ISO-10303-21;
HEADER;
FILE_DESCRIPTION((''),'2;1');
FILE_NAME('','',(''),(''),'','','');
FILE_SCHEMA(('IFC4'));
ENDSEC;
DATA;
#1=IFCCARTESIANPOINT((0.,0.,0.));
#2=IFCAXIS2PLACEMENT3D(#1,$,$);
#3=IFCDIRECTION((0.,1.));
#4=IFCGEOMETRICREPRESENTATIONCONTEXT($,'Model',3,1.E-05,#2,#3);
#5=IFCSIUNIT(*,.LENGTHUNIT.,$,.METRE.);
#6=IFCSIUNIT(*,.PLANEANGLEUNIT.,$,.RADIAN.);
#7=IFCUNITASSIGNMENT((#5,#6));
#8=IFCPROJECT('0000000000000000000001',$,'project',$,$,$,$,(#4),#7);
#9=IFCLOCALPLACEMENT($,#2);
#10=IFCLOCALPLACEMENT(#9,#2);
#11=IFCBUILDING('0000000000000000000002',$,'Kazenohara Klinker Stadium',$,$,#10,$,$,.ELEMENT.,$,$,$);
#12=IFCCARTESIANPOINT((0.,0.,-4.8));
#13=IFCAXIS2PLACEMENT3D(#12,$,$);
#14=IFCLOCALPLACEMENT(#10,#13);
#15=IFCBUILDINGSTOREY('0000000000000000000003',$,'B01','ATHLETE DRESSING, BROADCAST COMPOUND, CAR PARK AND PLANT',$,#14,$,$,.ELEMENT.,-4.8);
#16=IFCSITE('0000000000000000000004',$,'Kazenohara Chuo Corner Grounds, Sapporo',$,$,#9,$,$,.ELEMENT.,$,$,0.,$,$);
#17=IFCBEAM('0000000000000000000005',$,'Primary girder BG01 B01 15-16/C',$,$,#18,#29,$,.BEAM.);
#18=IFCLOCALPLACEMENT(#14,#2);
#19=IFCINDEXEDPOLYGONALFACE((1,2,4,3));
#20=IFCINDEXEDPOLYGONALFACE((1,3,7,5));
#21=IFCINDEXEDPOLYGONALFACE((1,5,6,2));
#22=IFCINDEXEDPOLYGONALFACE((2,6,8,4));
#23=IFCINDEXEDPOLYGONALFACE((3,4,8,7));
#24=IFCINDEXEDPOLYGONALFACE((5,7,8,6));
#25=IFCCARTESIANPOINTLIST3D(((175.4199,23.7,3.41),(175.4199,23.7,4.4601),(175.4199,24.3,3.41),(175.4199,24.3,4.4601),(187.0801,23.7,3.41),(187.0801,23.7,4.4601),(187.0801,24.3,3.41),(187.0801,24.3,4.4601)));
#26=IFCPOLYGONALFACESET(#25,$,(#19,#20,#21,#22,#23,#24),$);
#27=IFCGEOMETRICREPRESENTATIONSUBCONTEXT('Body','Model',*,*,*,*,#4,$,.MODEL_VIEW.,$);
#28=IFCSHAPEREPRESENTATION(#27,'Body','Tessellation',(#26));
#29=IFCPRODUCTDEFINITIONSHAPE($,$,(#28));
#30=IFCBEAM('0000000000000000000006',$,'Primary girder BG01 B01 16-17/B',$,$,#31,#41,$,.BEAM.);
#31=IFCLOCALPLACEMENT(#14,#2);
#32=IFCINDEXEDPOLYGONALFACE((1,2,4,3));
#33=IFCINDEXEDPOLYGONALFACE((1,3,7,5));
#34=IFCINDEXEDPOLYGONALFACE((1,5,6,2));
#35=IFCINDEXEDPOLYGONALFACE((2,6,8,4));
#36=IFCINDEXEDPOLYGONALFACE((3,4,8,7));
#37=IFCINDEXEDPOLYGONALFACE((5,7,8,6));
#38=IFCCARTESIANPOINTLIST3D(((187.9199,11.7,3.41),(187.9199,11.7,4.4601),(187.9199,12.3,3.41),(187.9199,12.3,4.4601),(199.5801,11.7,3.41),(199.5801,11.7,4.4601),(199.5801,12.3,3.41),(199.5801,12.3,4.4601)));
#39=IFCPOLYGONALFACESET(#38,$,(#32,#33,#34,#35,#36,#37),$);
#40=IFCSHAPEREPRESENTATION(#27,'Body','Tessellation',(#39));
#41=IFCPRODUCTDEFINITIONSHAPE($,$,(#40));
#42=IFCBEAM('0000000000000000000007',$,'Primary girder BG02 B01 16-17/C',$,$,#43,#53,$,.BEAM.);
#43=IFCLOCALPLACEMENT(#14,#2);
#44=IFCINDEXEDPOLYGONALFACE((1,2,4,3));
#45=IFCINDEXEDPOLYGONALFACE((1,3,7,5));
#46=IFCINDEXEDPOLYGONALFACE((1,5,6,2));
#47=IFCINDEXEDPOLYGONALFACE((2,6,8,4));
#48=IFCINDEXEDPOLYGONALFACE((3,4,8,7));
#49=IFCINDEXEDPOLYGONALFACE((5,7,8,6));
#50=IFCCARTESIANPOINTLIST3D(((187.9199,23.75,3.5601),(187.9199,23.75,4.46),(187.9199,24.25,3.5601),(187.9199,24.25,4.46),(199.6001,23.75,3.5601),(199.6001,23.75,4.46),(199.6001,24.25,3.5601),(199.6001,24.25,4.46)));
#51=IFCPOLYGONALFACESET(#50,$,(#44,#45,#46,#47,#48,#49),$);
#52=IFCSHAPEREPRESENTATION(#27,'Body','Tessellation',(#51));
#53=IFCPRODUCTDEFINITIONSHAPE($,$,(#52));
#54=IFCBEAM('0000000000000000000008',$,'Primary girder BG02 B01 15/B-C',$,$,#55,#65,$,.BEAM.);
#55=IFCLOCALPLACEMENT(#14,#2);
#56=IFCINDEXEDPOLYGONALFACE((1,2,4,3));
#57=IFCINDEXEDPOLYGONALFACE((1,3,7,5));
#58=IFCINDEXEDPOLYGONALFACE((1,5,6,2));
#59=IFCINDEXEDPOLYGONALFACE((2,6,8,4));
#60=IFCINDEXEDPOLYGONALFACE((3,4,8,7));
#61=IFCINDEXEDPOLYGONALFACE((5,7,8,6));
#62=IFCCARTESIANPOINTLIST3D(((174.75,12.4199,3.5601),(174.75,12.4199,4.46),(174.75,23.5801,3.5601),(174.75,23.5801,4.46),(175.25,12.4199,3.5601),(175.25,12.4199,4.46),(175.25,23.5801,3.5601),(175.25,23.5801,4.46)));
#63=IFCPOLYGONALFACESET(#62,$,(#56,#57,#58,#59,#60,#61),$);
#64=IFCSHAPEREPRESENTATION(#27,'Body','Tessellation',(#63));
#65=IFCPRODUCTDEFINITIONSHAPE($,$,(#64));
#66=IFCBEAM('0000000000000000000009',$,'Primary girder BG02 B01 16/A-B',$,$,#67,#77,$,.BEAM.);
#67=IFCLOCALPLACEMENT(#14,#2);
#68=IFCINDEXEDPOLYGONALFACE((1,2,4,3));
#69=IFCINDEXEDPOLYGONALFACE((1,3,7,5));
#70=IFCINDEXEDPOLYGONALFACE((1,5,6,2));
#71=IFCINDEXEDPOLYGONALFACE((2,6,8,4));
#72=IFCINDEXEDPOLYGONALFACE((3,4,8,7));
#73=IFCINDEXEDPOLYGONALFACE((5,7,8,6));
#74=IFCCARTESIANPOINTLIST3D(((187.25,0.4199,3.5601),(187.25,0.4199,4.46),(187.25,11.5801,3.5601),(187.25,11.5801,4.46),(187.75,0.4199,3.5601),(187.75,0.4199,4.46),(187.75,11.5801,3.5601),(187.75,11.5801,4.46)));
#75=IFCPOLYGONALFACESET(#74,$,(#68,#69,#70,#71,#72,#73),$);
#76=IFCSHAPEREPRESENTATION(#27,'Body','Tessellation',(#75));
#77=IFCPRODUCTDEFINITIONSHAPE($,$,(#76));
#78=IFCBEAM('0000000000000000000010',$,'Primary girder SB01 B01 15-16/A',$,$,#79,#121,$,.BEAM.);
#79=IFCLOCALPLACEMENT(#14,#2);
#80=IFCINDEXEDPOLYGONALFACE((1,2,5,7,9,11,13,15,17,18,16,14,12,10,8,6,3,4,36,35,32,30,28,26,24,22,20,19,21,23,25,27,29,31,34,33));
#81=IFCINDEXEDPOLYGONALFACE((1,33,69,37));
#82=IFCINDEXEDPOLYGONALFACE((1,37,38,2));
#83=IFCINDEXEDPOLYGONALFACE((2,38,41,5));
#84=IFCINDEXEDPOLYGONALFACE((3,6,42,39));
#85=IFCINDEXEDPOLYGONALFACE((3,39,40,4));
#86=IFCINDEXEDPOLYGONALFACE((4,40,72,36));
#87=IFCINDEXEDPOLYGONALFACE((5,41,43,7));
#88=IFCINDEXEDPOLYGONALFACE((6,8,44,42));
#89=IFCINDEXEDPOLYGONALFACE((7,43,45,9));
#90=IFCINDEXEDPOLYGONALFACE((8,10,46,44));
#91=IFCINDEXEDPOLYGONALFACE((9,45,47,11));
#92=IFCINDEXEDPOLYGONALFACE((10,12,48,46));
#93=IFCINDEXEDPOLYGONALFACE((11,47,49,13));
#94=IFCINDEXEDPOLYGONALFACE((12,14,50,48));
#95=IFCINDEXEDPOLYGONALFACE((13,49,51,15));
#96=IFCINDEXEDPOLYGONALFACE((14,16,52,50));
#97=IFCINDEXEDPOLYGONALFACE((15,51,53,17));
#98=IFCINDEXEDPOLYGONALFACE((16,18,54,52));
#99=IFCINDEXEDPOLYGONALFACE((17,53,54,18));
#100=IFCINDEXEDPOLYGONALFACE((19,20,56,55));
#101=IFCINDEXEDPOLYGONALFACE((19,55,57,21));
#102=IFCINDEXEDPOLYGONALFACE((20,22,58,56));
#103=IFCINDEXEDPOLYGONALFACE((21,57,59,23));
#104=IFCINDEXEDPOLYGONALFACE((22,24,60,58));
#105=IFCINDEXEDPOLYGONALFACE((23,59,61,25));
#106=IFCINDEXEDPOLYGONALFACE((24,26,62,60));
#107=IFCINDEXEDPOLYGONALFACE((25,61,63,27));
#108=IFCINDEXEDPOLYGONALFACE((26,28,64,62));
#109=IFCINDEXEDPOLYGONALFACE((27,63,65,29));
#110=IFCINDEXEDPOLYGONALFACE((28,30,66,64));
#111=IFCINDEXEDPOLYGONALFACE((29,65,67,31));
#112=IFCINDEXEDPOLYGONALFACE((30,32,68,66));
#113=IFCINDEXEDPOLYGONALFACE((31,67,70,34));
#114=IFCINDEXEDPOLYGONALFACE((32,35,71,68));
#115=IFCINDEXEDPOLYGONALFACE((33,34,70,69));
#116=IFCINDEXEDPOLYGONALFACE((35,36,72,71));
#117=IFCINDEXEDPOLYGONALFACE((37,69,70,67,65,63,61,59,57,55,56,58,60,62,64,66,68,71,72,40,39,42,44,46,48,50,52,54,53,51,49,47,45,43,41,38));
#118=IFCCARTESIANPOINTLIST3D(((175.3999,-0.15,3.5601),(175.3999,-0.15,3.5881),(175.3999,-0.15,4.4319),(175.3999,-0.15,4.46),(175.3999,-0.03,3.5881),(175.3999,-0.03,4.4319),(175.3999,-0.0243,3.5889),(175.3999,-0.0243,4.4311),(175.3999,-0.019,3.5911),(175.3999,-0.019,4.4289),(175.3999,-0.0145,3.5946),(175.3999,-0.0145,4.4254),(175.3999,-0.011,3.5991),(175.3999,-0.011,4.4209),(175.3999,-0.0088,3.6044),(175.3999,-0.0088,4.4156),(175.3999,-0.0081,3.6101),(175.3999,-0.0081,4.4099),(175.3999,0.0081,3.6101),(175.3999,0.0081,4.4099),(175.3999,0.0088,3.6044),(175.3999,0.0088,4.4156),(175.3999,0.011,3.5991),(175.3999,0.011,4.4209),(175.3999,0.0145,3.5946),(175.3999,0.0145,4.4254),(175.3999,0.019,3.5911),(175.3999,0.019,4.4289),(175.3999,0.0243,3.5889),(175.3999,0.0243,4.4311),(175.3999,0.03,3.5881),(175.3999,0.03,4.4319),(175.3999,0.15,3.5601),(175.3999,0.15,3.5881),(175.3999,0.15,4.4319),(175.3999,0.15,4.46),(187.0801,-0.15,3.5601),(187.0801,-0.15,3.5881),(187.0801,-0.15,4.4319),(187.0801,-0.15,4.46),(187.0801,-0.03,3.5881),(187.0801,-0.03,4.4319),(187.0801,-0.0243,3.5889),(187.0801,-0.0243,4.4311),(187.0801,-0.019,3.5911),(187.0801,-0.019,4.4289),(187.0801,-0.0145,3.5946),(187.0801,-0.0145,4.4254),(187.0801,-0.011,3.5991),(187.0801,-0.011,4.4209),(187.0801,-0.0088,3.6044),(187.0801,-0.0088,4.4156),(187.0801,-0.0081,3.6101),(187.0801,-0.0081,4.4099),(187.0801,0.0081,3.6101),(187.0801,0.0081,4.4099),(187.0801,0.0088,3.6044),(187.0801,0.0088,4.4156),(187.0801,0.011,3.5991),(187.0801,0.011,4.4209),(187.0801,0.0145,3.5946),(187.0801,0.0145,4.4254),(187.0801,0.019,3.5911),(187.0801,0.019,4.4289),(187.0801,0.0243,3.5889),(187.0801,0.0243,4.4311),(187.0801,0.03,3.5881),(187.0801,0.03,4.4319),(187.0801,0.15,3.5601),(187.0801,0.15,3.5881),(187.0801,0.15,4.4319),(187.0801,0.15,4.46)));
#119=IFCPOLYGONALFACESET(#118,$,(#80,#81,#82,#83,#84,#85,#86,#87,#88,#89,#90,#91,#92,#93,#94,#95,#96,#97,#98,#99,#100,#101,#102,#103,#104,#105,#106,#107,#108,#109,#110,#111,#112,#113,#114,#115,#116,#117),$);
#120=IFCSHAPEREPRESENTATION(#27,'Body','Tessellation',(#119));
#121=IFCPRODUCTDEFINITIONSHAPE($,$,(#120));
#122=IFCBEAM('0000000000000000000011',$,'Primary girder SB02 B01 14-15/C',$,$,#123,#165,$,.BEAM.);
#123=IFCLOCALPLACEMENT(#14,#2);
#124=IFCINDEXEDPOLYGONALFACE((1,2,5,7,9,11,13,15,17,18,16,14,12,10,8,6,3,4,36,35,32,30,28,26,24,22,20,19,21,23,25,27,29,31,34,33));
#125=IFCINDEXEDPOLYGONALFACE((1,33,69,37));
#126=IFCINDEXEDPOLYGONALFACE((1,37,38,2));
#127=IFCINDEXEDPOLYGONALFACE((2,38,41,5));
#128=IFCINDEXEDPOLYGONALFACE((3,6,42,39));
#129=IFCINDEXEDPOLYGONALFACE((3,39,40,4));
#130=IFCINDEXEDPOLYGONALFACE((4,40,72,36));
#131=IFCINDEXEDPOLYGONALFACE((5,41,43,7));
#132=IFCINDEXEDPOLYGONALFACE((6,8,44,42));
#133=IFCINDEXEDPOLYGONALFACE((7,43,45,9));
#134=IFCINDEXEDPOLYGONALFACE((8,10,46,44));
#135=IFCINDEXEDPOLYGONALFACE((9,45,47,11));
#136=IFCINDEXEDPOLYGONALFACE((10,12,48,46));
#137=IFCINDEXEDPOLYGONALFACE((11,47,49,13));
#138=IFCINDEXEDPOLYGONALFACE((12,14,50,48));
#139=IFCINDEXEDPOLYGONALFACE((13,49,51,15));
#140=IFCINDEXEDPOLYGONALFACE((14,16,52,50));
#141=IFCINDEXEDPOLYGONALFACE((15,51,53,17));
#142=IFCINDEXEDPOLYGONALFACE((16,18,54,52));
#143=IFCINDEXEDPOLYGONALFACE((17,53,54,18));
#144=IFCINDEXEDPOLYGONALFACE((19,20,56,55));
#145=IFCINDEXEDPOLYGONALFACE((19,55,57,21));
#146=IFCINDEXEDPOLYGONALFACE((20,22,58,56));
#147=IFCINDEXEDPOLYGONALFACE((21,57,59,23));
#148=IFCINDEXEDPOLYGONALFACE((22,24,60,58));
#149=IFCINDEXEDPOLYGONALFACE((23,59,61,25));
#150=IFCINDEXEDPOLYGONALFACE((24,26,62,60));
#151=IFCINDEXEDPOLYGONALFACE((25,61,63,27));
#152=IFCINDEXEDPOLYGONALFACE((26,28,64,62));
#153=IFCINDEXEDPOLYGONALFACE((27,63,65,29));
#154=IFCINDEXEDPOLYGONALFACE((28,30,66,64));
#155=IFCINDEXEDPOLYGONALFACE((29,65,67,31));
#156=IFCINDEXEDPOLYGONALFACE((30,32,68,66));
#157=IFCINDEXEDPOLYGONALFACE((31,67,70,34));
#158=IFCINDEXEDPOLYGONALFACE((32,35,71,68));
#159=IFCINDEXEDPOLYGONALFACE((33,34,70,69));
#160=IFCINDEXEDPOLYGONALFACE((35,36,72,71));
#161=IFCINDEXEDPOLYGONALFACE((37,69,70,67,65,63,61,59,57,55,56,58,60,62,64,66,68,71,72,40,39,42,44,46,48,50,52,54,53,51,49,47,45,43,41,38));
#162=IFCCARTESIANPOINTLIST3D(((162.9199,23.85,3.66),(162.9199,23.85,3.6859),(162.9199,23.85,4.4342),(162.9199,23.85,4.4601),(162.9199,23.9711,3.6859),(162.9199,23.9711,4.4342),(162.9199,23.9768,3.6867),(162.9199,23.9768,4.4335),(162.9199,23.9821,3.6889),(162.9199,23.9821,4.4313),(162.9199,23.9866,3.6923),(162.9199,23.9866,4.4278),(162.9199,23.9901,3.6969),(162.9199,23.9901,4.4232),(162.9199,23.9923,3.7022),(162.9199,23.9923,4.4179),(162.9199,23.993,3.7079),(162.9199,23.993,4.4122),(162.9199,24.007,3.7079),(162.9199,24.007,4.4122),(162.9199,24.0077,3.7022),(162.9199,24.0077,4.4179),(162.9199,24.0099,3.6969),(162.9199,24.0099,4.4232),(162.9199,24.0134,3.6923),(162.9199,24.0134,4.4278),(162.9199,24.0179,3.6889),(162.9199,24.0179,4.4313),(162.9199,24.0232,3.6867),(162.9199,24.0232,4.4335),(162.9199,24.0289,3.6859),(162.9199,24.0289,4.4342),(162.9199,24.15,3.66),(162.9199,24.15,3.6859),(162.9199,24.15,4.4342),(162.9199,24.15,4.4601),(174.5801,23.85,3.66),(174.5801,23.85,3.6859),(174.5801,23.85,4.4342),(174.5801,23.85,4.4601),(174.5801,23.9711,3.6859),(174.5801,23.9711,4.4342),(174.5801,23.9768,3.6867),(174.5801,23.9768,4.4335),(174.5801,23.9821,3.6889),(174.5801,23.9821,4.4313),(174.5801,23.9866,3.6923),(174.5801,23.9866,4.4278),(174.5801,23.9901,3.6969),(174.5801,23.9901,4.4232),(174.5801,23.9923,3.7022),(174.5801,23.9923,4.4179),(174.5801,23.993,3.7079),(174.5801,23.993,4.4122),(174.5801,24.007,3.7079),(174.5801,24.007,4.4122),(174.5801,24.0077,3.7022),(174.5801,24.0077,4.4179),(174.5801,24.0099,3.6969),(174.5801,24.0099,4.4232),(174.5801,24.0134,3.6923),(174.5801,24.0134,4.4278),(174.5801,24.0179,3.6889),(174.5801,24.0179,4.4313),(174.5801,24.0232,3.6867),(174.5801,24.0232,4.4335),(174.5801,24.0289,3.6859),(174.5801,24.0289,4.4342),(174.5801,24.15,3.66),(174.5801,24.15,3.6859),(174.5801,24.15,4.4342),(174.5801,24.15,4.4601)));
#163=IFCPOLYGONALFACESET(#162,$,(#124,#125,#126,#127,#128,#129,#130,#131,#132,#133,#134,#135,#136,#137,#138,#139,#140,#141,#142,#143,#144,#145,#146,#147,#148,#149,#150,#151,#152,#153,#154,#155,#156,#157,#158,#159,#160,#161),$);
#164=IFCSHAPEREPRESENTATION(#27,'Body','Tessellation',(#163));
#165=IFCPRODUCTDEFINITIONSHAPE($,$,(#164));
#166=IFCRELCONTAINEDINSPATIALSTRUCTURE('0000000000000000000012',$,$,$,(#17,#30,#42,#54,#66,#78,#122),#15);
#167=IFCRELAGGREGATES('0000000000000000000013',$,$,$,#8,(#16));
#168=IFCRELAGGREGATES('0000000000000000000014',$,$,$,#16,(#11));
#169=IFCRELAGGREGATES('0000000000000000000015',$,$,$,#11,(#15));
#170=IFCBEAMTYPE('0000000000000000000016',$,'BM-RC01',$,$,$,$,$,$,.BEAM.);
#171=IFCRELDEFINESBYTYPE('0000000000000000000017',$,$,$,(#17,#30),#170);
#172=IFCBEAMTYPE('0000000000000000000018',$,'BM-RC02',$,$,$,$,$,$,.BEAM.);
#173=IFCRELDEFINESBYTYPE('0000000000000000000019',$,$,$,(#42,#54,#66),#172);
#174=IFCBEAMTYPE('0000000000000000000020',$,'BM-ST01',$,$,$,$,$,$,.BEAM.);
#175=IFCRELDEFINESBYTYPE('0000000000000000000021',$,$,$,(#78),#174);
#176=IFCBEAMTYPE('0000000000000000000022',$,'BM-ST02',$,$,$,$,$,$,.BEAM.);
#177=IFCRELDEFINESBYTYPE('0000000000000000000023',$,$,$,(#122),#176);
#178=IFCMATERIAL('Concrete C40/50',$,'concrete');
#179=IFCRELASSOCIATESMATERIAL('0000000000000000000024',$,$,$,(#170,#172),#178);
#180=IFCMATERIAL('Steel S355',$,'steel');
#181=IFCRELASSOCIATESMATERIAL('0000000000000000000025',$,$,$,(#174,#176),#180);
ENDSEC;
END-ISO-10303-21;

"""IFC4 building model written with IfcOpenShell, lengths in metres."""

from ifc_helpers import new_model, si_unit, direction, frame, origin, origin_2d, place, context, subcontext, project, spatial, rectangle, i_section, extrude, material, material_profile, profile_set, type_object, element, save


model = new_model("IFC4")

# Units and contexts
model_context = context("Model", 3, precision=1e-05, world=origin(), true_north=direction((0.0, 1.0)))
body_context = subcontext(model_context, "Body", "Model", "MODEL_VIEW")
ifc_project = project(units=[si_unit("LENGTHUNIT", "METRE"), si_unit("PLANEANGLEUNIT", "RADIAN")], contexts=[model_context])

# Site, building, storey
site_placement = place(None, origin())
site = spatial("IfcSite", under=ifc_project, at=site_placement, Name="Kazenohara Chuo Corner Grounds, Sapporo", CompositionType="ELEMENT", RefElevation=0.0)
building_placement = place(site_placement, origin())
building = spatial("IfcBuilding", under=site, at=building_placement, Name="Kazenohara Klinker Stadium", CompositionType="ELEMENT")
storey_placement = place(building_placement, frame((0.0, 0.0, -4.8)))
storey = spatial("IfcBuildingStorey", under=building, at=storey_placement, Name="B01", Description="ATHLETE DRESSING, BROADCAST COMPOUND, CAR PARK AND PLANT", CompositionType="ELEMENT", Elevation=-4.8)

# Shared definitions
ifc_material_1 = material(Name="Concrete C40/50", Category="concrete")

# Beams
ifc_material_2 = material(Name="Steel S355", Category="steel")
ifc_material_profile_1 = material_profile(ifc_material_1, rectangle(XDim=0.6001, YDim=1.05, at=origin_2d()), Name="RC-BM-600x1050")
ifc_profile_set_1 = profile_set([ifc_material_profile_1], Name="Concrete C40/50")
beam_type_1 = type_object("IfcBeamType", Name="BM-RC01", PredefinedType="BEAM", material=ifc_profile_set_1)
for number, where, z_axis, x_axis, name in (
    (1, (175.4199, 24.0, 3.9351), (1.0, 0.0, 0.0), (0.0, 1.0, 0.0), "Primary girder BG01 B01 15-16/C"),
    (2, (187.9199, 12.0, 3.9351), (1.0, 0.0, 0.0), (0.0, 1.0, 0.0), "Primary girder BG01 B01 16-17/B"),
):
    element("IfcBeam", number, at=place(storey_placement, frame(where, z_axis=z_axis, x_axis=x_axis)), inside=storey, type_object=beam_type_1, Name=name, PredefinedType="BEAM", context=body_context, shape_type="SweptSolid", body=[
        extrude(rectangle(XDim=0.6001, YDim=1.05, at=origin_2d()), origin(), (0.0, 0.0, 1.0), 11.6602),
    ])
ifc_material_profile_2 = material_profile(ifc_material_1, rectangle(XDim=0.5, YDim=0.8999, at=origin_2d()), Name="RC-BM-500x900")
ifc_profile_set_2 = profile_set([ifc_material_profile_2], Name="Concrete C40/50")
beam_type_2 = type_object("IfcBeamType", Name="BM-RC02", PredefinedType="BEAM", material=ifc_profile_set_2)
beam_1_placement = place(storey_placement, frame((187.9199, 24.0, 4.01), z_axis=(1.0, 0.0, 0.0), x_axis=(0.0, 1.0, 0.0)))
element("IfcBeam", 3, at=beam_1_placement, inside=storey, type_object=beam_type_2, Name="Primary girder BG02 B01 16-17/C", PredefinedType="BEAM", context=body_context, shape_type="SweptSolid", body=[
    extrude(rectangle(XDim=0.5, YDim=0.8999, at=origin_2d()), origin(), (0.0, 0.0, 1.0), 11.6802),
])
for number, where, z_axis, x_axis, name in (
    (4, (175.0, 12.4199, 4.01), (0.0, 1.0, 0.0), (-1.0, 0.0, 0.0), "Primary girder BG02 B01 15/B-C"),
    (5, (187.5, 0.4199, 4.01), (0.0, 1.0, 0.0), (-1.0, 0.0, 0.0), "Primary girder BG02 B01 16/A-B"),
):
    element("IfcBeam", number, at=place(storey_placement, frame(where, z_axis=z_axis, x_axis=x_axis)), inside=storey, type_object=beam_type_2, Name=name, PredefinedType="BEAM", context=body_context, shape_type="SweptSolid", body=[
        extrude(rectangle(XDim=0.5, YDim=0.8999, at=origin_2d()), origin(), (0.0, 0.0, 1.0), 11.1602),
    ])
ifc_material_profile_3 = material_profile(ifc_material_2, i_section(OverallWidth=0.3, OverallDepth=0.8999, WebThickness=0.0161, FlangeThickness=0.0281, FilletRadius=0.022, at=origin_2d()), Name="H-900x300x16x28")
ifc_profile_set_3 = profile_set([ifc_material_profile_3], Name="Steel S355")
beam_type_3 = type_object("IfcBeamType", Name="BM-ST01", PredefinedType="BEAM", material=ifc_profile_set_3)
beam_2_placement = place(storey_placement, frame((175.3999, 0.0, 4.01), z_axis=(1.0, 0.0, 0.0), x_axis=(0.0, 1.0, 0.0)))
element("IfcBeam", 6, at=beam_2_placement, inside=storey, type_object=beam_type_3, Name="Primary girder SB01 B01 15-16/A", PredefinedType="BEAM", context=body_context, shape_type="SweptSolid", body=[
    extrude(i_section(OverallWidth=0.3, OverallDepth=0.8999, WebThickness=0.0161, FlangeThickness=0.0281, FilletRadius=0.022, at=origin_2d()), origin(), (0.0, 0.0, 1.0), 11.6802),
])
ifc_material_profile_4 = material_profile(ifc_material_2, i_section(OverallWidth=0.3, OverallDepth=0.8, WebThickness=0.0139, FlangeThickness=0.0259, FilletRadius=0.022, at=origin_2d()), Name="H-800x300x14x26")
ifc_profile_set_4 = profile_set([ifc_material_profile_4], Name="Steel S355")
beam_type_4 = type_object("IfcBeamType", Name="BM-ST02", PredefinedType="BEAM", material=ifc_profile_set_4)
for number, where, z_axis, x_axis, name in (
    (7, (162.9199, 24.0, 4.0601), (1.0, 0.0, 0.0), (0.0, 1.0, 0.0), "Primary girder SB02 B01 14-15/C"),
):
    element("IfcBeam", number, at=place(storey_placement, frame(where, z_axis=z_axis, x_axis=x_axis)), inside=storey, type_object=beam_type_4, Name=name, PredefinedType="BEAM", context=body_context, shape_type="SweptSolid", body=[
        extrude(i_section(OverallWidth=0.3, OverallDepth=0.8, WebThickness=0.0139, FlangeThickness=0.0259, FilletRadius=0.022, at=origin_2d()), origin(), (0.0, 0.0, 1.0), 11.6602),
    ])

save(model, "model.ifc")
